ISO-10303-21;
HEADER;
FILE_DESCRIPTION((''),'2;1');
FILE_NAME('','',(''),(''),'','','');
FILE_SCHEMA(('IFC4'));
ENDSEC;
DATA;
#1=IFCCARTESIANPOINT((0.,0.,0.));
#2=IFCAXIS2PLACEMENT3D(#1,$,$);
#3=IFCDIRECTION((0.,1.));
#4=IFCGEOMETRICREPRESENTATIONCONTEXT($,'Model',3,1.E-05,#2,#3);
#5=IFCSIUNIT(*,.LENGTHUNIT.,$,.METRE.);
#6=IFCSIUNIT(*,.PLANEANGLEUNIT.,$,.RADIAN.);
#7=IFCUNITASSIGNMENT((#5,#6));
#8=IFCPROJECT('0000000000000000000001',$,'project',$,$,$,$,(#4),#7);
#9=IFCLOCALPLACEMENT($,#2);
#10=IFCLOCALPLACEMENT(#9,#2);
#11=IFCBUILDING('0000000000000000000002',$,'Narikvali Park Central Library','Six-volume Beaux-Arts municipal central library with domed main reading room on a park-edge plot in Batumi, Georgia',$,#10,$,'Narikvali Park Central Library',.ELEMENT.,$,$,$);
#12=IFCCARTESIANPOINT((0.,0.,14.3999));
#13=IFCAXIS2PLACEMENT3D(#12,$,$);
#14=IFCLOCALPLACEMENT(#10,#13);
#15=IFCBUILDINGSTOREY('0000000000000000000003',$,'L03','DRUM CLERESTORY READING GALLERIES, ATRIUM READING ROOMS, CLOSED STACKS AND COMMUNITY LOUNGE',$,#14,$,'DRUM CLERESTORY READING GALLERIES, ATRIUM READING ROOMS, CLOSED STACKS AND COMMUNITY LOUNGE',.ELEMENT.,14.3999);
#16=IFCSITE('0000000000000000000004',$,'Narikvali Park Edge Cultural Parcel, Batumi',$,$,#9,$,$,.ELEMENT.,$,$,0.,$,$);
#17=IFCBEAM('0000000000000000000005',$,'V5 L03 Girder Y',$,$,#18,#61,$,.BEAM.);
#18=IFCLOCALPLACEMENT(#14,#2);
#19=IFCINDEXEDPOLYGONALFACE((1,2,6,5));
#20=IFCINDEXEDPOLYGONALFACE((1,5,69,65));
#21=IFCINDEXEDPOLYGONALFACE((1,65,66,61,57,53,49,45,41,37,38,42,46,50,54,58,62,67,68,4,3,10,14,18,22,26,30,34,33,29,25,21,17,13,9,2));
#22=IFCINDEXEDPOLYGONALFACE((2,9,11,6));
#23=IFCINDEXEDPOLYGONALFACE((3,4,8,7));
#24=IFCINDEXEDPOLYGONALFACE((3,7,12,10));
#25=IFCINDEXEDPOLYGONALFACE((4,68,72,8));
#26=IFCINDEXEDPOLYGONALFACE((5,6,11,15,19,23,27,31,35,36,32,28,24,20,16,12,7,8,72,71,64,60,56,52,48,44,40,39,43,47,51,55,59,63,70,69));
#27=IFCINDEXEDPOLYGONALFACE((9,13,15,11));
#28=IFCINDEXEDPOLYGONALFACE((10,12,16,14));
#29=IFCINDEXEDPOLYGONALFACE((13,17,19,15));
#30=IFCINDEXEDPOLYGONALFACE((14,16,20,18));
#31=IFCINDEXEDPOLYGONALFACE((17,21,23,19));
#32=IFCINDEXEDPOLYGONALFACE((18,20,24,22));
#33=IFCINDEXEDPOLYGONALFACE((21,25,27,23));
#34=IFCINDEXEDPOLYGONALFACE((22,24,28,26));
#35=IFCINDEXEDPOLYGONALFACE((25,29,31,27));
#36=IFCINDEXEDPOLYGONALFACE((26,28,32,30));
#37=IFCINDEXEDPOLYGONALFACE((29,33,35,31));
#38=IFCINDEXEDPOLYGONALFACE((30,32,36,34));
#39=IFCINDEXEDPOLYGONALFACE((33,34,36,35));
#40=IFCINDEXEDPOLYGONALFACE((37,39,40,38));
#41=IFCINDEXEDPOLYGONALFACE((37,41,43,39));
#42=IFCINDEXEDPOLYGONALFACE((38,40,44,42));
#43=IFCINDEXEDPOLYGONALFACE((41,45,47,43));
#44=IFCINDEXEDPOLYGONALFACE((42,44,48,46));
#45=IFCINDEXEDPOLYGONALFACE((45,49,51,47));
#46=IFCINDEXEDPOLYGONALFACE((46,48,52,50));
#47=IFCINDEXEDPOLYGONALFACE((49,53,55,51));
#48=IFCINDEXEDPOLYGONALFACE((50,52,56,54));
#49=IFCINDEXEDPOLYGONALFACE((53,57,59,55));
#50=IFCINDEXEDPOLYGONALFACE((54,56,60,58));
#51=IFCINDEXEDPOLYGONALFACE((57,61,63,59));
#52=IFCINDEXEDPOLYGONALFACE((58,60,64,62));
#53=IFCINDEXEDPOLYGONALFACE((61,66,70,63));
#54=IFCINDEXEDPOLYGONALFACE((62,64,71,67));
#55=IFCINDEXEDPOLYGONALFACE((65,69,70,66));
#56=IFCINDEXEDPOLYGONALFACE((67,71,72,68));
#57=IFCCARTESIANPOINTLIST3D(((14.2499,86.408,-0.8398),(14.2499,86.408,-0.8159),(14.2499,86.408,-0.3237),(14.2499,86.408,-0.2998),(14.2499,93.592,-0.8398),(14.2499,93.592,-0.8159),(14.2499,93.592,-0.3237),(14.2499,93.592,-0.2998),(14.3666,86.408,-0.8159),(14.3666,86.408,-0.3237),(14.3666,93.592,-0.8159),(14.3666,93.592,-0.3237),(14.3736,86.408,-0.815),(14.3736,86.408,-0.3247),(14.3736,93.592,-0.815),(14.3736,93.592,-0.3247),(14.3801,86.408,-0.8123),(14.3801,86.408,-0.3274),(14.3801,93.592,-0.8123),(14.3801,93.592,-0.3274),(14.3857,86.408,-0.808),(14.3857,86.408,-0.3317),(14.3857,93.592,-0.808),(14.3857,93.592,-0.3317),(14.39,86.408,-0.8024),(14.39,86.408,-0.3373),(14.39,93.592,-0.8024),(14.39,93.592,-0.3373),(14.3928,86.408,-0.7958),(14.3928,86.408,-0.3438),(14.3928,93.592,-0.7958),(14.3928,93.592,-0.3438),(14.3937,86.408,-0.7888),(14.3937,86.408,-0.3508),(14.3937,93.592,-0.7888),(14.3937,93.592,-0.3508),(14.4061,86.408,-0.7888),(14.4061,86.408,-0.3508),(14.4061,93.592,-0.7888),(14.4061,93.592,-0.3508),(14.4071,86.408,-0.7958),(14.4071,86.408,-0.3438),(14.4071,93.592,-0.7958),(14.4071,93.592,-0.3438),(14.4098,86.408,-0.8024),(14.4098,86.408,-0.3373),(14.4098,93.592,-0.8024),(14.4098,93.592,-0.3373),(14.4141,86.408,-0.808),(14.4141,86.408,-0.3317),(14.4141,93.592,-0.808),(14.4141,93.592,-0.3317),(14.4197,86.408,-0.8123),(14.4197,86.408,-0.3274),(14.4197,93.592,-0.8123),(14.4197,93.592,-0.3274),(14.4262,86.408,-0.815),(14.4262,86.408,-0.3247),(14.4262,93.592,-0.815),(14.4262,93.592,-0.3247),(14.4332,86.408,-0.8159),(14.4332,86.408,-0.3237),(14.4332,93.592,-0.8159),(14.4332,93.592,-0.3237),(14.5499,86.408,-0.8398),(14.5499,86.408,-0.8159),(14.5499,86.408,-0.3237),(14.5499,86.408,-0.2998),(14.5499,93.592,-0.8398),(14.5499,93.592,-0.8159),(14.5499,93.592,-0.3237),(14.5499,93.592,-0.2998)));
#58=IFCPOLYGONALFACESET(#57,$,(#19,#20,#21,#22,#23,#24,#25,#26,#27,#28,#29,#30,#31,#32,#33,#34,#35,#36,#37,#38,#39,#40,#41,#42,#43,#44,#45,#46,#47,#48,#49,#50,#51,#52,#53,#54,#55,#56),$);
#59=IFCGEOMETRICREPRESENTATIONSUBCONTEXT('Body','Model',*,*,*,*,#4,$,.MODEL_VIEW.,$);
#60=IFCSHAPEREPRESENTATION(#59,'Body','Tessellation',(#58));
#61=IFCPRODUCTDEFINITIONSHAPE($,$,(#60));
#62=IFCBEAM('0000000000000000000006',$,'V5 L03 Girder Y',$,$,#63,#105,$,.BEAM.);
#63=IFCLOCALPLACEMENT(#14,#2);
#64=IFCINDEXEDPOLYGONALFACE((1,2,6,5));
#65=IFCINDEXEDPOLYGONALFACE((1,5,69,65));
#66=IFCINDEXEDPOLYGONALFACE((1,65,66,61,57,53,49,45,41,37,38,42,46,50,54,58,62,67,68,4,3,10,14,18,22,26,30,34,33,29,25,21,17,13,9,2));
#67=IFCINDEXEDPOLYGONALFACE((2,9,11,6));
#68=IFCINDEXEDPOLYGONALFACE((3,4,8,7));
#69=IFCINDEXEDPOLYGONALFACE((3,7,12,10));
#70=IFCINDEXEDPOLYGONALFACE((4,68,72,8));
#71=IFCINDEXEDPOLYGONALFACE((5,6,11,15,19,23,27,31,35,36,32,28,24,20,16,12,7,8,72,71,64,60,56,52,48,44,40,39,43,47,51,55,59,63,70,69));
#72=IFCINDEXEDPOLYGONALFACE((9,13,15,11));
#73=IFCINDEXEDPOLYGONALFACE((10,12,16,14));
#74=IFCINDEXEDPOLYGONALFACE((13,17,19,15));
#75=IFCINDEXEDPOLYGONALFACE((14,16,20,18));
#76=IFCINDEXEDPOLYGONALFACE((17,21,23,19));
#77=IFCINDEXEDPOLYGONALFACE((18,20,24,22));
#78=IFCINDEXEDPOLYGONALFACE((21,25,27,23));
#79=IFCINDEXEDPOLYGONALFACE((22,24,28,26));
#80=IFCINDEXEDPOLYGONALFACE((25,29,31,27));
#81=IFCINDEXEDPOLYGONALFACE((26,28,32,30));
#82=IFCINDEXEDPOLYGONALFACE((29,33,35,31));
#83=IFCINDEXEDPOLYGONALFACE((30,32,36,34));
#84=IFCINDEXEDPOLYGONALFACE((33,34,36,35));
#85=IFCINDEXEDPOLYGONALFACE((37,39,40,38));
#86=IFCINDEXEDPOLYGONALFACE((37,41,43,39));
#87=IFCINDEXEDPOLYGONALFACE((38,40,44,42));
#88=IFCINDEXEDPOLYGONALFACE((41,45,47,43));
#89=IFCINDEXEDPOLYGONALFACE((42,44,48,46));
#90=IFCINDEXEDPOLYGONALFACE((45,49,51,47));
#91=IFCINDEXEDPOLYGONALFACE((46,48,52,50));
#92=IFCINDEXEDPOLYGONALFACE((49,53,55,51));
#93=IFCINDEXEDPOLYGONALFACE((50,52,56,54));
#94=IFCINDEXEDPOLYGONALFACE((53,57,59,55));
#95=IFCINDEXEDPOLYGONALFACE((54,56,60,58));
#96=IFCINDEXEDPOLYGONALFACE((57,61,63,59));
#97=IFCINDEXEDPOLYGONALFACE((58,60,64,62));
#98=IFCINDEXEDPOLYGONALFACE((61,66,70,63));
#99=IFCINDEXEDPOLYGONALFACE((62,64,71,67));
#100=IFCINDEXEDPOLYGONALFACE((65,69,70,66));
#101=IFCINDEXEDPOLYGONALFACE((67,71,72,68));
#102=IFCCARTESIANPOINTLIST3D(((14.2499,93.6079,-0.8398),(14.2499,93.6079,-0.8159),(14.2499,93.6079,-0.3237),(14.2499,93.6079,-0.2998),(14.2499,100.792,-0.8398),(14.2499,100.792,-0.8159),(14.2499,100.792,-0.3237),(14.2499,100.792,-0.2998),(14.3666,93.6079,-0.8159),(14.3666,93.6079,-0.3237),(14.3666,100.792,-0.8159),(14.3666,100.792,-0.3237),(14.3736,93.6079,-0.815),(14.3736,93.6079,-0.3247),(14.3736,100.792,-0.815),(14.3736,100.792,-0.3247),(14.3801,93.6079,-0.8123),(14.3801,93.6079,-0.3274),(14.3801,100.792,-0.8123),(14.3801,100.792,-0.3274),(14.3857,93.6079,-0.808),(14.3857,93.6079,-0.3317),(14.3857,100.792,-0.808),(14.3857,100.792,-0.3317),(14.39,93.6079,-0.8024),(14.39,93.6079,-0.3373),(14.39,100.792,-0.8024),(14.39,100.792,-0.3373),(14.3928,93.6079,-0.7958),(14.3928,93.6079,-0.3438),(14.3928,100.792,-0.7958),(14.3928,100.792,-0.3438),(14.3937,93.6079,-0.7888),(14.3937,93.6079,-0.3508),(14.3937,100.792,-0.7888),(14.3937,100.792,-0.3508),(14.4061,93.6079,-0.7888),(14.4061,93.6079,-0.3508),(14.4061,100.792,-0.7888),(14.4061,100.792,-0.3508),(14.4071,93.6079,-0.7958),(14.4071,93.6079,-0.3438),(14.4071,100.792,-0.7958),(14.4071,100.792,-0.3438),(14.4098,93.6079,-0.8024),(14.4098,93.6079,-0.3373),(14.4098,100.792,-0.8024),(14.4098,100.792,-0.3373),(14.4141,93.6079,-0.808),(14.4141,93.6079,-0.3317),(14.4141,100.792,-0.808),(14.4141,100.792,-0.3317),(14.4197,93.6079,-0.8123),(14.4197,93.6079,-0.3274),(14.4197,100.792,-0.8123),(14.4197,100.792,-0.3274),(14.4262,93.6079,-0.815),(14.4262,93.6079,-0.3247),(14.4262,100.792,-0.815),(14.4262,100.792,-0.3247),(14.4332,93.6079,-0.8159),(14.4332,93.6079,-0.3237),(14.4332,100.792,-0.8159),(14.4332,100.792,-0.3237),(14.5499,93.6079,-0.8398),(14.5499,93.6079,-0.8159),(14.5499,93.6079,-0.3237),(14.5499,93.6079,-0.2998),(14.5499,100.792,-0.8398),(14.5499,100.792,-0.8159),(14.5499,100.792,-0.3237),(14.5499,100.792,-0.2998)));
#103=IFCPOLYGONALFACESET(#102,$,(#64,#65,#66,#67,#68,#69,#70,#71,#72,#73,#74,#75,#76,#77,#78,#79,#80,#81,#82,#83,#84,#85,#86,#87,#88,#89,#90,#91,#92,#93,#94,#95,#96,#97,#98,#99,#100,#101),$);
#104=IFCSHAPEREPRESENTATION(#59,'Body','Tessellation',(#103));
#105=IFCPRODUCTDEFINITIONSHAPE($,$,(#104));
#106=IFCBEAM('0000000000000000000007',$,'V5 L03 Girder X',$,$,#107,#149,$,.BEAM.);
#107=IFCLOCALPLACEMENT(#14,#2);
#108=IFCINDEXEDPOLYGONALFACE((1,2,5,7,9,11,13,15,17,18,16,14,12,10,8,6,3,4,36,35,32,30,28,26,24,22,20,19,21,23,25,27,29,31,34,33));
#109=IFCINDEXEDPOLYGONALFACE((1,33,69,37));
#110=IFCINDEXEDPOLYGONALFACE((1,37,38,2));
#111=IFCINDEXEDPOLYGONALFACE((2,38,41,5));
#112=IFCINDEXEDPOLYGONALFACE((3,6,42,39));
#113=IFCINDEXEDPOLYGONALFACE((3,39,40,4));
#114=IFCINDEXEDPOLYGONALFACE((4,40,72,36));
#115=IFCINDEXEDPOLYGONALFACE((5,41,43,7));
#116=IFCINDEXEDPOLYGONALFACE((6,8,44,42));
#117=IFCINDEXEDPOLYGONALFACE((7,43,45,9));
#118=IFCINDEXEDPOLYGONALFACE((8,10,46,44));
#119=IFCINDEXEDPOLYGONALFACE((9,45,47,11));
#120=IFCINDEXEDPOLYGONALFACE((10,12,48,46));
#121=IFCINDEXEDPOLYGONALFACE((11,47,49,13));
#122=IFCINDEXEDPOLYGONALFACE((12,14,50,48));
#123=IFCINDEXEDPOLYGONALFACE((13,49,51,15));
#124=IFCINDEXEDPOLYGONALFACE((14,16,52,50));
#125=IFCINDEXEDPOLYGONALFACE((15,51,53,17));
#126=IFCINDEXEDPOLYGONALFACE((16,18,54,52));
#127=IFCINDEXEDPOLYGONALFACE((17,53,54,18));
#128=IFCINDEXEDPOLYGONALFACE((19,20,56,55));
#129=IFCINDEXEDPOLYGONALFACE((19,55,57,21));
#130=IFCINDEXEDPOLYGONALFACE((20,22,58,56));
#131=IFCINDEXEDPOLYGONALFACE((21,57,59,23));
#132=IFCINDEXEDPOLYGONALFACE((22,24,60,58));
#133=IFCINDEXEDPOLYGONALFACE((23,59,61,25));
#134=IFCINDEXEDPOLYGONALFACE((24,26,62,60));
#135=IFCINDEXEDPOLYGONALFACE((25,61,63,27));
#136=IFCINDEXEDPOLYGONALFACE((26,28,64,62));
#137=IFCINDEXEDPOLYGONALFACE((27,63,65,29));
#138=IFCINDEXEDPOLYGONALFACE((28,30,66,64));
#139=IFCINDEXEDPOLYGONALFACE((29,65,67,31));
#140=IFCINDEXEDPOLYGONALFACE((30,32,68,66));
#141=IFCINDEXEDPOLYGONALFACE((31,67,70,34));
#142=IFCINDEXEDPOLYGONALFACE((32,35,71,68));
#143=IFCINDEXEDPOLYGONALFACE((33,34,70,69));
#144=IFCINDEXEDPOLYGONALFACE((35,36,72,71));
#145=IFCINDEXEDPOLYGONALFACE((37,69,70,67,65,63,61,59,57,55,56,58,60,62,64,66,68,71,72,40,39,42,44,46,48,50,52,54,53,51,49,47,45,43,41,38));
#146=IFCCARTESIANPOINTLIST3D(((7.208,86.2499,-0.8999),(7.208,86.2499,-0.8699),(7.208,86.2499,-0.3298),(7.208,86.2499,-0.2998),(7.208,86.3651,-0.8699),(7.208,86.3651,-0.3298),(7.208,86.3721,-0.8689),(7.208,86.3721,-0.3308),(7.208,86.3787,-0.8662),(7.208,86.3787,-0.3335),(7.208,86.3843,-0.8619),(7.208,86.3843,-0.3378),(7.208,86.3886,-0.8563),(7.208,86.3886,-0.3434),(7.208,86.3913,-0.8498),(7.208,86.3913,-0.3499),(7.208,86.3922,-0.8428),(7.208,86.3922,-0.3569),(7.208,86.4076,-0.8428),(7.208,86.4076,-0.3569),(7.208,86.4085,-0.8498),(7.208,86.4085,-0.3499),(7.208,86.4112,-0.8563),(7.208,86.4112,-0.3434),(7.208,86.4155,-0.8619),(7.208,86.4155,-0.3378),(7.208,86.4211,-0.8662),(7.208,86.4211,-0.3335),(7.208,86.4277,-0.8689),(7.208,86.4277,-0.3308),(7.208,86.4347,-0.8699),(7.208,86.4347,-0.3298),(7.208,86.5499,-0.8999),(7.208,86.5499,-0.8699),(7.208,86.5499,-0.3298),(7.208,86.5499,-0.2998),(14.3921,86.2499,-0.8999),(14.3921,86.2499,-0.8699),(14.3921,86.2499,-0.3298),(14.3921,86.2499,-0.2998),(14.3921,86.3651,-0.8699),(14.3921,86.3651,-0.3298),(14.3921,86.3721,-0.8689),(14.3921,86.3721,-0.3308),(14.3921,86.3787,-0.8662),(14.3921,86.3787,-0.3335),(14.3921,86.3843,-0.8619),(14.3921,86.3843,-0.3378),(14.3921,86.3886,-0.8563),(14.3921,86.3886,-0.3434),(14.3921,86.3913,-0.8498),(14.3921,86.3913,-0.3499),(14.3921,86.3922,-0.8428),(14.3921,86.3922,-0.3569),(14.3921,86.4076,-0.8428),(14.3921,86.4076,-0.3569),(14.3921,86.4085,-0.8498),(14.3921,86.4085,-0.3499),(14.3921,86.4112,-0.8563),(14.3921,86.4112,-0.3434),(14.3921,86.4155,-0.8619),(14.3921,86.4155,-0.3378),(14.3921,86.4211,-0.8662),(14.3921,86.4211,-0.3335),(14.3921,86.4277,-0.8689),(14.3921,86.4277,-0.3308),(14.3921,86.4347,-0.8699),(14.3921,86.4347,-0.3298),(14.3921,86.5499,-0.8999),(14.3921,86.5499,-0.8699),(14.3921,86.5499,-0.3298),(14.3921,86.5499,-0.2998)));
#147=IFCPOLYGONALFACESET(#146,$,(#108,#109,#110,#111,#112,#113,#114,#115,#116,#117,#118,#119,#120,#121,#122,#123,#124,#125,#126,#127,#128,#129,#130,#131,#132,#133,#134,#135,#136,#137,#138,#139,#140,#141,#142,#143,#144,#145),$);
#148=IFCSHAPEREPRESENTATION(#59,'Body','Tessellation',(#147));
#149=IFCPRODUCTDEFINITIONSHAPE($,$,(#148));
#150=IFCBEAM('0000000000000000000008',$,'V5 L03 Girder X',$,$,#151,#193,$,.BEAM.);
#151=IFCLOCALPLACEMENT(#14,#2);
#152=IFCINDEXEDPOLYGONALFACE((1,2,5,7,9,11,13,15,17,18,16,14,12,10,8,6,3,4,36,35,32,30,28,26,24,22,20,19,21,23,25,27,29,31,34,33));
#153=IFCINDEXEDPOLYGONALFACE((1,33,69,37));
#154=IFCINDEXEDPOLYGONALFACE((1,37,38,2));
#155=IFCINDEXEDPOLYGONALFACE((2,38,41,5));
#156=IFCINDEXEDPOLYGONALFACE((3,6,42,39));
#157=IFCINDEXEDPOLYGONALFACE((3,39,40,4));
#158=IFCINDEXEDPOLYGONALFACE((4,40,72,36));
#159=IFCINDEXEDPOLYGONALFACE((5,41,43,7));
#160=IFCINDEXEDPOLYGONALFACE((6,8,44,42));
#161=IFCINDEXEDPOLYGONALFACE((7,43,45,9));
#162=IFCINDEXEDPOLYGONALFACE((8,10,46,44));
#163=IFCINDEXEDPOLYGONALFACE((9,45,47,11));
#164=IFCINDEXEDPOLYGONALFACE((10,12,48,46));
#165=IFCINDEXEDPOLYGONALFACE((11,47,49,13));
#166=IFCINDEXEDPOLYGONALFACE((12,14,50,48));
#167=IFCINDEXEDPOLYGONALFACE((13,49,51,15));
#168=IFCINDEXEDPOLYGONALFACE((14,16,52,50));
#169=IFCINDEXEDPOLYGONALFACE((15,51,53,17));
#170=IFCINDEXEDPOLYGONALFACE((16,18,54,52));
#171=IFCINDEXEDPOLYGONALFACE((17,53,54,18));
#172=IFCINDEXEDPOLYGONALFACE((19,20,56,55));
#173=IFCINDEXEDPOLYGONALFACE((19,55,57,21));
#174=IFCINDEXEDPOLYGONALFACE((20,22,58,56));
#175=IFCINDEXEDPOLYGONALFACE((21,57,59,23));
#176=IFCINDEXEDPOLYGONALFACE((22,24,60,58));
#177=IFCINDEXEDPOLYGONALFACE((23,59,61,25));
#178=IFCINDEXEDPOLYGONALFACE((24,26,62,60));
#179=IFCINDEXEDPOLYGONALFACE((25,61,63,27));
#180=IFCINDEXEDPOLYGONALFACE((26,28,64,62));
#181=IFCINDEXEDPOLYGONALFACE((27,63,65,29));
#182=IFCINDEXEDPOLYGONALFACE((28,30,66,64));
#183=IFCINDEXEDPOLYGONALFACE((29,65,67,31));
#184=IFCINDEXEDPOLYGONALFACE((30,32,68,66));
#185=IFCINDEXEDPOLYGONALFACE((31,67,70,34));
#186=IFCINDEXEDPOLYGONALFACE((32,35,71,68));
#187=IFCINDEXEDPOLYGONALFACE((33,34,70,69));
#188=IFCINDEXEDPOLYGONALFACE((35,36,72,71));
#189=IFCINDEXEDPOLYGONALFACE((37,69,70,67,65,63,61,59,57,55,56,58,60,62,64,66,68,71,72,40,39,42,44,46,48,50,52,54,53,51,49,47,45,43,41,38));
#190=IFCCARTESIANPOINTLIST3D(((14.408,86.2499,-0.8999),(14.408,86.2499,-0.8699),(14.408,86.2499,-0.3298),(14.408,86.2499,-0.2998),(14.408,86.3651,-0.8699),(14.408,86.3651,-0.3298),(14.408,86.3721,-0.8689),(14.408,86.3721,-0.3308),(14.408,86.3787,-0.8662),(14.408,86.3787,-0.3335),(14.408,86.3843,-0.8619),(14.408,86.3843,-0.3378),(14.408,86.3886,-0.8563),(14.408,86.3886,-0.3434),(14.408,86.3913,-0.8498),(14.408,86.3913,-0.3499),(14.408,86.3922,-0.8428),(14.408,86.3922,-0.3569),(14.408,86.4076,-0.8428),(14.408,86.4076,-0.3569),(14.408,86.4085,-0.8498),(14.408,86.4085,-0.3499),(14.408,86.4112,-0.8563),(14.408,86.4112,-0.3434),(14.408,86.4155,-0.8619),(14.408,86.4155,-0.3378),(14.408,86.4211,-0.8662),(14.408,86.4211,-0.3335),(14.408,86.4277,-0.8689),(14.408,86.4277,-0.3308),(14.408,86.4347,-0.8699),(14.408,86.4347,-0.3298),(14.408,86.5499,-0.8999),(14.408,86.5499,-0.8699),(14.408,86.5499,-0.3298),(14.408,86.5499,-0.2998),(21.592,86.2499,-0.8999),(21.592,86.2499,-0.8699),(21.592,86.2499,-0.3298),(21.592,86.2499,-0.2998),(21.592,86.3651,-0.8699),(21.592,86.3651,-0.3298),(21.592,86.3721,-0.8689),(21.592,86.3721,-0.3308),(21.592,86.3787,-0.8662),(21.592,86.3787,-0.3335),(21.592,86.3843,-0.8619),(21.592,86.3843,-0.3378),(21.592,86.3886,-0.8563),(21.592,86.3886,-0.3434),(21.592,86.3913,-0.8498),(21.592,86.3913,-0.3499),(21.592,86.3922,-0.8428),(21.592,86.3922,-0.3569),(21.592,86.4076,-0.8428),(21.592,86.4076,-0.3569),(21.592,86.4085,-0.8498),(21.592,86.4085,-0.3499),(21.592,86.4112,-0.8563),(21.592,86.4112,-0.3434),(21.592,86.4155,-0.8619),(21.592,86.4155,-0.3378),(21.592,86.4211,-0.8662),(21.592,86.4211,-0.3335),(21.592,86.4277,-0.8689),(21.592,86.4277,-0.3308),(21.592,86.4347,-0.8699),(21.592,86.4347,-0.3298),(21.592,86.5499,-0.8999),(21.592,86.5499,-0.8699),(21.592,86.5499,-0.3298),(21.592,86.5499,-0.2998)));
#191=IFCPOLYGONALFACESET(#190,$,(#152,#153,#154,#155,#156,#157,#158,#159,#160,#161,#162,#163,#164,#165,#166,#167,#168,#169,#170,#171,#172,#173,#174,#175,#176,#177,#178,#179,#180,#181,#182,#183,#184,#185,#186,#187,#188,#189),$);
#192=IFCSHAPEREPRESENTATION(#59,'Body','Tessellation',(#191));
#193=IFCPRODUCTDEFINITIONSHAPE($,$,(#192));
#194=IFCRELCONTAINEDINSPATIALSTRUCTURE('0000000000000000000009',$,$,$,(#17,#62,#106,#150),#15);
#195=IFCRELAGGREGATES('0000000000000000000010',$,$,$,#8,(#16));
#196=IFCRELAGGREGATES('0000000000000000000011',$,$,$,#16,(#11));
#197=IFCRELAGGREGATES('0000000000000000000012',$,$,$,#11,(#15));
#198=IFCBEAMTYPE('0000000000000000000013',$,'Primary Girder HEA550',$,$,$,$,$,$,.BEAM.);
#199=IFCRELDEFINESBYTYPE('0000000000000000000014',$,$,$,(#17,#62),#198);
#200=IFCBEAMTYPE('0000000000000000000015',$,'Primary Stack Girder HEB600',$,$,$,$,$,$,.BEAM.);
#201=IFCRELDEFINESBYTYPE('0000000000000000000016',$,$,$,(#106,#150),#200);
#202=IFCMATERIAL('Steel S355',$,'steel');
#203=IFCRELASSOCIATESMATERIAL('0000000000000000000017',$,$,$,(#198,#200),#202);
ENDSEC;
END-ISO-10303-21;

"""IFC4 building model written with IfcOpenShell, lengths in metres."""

from ifc_helpers import new_model, si_unit, direction, frame, origin, origin_2d, place, context, subcontext, project, spatial, i_section, extrude, material, material_profile, profile_set, type_object, element, save


model = new_model("IFC4")

# Units and contexts
model_context = context("Model", 3, precision=1e-05, world=origin(), true_north=direction((0.0, 1.0)))
body_context = subcontext(model_context, "Body", "Model", "MODEL_VIEW")
ifc_project = project(units=[si_unit("LENGTHUNIT", "METRE"), si_unit("PLANEANGLEUNIT", "RADIAN")], contexts=[model_context])

# Site, building, storey
site_placement = place(None, origin())
site = spatial("IfcSite", under=ifc_project, at=site_placement, Name="Narikvali Park Edge Cultural Parcel, Batumi", CompositionType="ELEMENT", RefElevation=0.0)
building_placement = place(site_placement, origin())
building = spatial("IfcBuilding", under=site, at=building_placement, Name="Narikvali Park Central Library", Description="Six-volume Beaux-Arts municipal central library with domed main reading room on a park-edge plot in Batumi, Georgia", LongName="Narikvali Park Central Library", CompositionType="ELEMENT")
storey_placement = place(building_placement, frame((0.0, 0.0, 14.3999)))
storey = spatial("IfcBuildingStorey", under=building, at=storey_placement, Name="L03", Description="DRUM CLERESTORY READING GALLERIES, ATRIUM READING ROOMS, CLOSED STACKS AND COMMUNITY LOUNGE", LongName="DRUM CLERESTORY READING GALLERIES, ATRIUM READING ROOMS, CLOSED STACKS AND COMMUNITY LOUNGE", CompositionType="ELEMENT", Elevation=14.3999)

# Shared definitions
ifc_material_1 = material(Name="Steel S355", Category="steel")

# Beams
ifc_material_profile_1 = material_profile(ifc_material_1, i_section(OverallWidth=0.3, OverallDepth=0.54, WebThickness=0.0125, FlangeThickness=0.0239, FilletRadius=0.0271, at=origin_2d()), Name="HEA 550")
ifc_profile_set_1 = profile_set([ifc_material_profile_1], Name="Steel S355")
beam_type_1 = type_object("IfcBeamType", Name="Primary Girder HEA550", PredefinedType="BEAM", material=ifc_profile_set_1)
for number, where, z_axis, x_axis, name in (
    (1, (14.3999, 86.408, -0.5698), (0.0, 1.0, 0.0), (-1.0, 0.0, 0.0), "V5 L03 Girder Y"),
    (2, (14.3999, 93.6079, -0.5698), (0.0, 1.0, 0.0), (-1.0, 0.0, 0.0), "V5 L03 Girder Y"),
):
    element("IfcBeam", number, at=place(storey_placement, frame(where, z_axis=z_axis, x_axis=x_axis)), inside=storey, type_object=beam_type_1, Name=name, PredefinedType="BEAM", context=body_context, shape_type="SweptSolid", body=[
        extrude(i_section(OverallWidth=0.3, OverallDepth=0.54, WebThickness=0.0125, FlangeThickness=0.0239, FilletRadius=0.0271, at=origin_2d()), origin(), (0.0, 0.0, 1.0), 7.1841),
    ])
ifc_material_profile_2 = material_profile(ifc_material_1, i_section(OverallWidth=0.3, OverallDepth=0.6001, WebThickness=0.0154, FlangeThickness=0.03, FilletRadius=0.0271, at=origin_2d()), Name="HEB 600")
ifc_profile_set_2 = profile_set([ifc_material_profile_2], Name="Steel S355")
beam_type_2 = type_object("IfcBeamType", Name="Primary Stack Girder HEB600", PredefinedType="BEAM", material=ifc_profile_set_2)
for number, where, z_axis, x_axis, name in (
    (3, (7.208, 86.3999, -0.5999), (1.0, 0.0, 0.0), (0.0, 1.0, 0.0), "V5 L03 Girder X"),
    (4, (14.408, 86.3999, -0.5999), (1.0, 0.0, 0.0), (0.0, 1.0, 0.0), "V5 L03 Girder X"),
):
    element("IfcBeam", number, at=place(storey_placement, frame(where, z_axis=z_axis, x_axis=x_axis)), inside=storey, type_object=beam_type_2, Name=name, PredefinedType="BEAM", context=body_context, shape_type="SweptSolid", body=[
        extrude(i_section(OverallWidth=0.3, OverallDepth=0.6001, WebThickness=0.0154, FlangeThickness=0.03, FilletRadius=0.0271, at=origin_2d()), origin(), (0.0, 0.0, 1.0), 7.1841),
    ])

save(model, "model.ifc")
